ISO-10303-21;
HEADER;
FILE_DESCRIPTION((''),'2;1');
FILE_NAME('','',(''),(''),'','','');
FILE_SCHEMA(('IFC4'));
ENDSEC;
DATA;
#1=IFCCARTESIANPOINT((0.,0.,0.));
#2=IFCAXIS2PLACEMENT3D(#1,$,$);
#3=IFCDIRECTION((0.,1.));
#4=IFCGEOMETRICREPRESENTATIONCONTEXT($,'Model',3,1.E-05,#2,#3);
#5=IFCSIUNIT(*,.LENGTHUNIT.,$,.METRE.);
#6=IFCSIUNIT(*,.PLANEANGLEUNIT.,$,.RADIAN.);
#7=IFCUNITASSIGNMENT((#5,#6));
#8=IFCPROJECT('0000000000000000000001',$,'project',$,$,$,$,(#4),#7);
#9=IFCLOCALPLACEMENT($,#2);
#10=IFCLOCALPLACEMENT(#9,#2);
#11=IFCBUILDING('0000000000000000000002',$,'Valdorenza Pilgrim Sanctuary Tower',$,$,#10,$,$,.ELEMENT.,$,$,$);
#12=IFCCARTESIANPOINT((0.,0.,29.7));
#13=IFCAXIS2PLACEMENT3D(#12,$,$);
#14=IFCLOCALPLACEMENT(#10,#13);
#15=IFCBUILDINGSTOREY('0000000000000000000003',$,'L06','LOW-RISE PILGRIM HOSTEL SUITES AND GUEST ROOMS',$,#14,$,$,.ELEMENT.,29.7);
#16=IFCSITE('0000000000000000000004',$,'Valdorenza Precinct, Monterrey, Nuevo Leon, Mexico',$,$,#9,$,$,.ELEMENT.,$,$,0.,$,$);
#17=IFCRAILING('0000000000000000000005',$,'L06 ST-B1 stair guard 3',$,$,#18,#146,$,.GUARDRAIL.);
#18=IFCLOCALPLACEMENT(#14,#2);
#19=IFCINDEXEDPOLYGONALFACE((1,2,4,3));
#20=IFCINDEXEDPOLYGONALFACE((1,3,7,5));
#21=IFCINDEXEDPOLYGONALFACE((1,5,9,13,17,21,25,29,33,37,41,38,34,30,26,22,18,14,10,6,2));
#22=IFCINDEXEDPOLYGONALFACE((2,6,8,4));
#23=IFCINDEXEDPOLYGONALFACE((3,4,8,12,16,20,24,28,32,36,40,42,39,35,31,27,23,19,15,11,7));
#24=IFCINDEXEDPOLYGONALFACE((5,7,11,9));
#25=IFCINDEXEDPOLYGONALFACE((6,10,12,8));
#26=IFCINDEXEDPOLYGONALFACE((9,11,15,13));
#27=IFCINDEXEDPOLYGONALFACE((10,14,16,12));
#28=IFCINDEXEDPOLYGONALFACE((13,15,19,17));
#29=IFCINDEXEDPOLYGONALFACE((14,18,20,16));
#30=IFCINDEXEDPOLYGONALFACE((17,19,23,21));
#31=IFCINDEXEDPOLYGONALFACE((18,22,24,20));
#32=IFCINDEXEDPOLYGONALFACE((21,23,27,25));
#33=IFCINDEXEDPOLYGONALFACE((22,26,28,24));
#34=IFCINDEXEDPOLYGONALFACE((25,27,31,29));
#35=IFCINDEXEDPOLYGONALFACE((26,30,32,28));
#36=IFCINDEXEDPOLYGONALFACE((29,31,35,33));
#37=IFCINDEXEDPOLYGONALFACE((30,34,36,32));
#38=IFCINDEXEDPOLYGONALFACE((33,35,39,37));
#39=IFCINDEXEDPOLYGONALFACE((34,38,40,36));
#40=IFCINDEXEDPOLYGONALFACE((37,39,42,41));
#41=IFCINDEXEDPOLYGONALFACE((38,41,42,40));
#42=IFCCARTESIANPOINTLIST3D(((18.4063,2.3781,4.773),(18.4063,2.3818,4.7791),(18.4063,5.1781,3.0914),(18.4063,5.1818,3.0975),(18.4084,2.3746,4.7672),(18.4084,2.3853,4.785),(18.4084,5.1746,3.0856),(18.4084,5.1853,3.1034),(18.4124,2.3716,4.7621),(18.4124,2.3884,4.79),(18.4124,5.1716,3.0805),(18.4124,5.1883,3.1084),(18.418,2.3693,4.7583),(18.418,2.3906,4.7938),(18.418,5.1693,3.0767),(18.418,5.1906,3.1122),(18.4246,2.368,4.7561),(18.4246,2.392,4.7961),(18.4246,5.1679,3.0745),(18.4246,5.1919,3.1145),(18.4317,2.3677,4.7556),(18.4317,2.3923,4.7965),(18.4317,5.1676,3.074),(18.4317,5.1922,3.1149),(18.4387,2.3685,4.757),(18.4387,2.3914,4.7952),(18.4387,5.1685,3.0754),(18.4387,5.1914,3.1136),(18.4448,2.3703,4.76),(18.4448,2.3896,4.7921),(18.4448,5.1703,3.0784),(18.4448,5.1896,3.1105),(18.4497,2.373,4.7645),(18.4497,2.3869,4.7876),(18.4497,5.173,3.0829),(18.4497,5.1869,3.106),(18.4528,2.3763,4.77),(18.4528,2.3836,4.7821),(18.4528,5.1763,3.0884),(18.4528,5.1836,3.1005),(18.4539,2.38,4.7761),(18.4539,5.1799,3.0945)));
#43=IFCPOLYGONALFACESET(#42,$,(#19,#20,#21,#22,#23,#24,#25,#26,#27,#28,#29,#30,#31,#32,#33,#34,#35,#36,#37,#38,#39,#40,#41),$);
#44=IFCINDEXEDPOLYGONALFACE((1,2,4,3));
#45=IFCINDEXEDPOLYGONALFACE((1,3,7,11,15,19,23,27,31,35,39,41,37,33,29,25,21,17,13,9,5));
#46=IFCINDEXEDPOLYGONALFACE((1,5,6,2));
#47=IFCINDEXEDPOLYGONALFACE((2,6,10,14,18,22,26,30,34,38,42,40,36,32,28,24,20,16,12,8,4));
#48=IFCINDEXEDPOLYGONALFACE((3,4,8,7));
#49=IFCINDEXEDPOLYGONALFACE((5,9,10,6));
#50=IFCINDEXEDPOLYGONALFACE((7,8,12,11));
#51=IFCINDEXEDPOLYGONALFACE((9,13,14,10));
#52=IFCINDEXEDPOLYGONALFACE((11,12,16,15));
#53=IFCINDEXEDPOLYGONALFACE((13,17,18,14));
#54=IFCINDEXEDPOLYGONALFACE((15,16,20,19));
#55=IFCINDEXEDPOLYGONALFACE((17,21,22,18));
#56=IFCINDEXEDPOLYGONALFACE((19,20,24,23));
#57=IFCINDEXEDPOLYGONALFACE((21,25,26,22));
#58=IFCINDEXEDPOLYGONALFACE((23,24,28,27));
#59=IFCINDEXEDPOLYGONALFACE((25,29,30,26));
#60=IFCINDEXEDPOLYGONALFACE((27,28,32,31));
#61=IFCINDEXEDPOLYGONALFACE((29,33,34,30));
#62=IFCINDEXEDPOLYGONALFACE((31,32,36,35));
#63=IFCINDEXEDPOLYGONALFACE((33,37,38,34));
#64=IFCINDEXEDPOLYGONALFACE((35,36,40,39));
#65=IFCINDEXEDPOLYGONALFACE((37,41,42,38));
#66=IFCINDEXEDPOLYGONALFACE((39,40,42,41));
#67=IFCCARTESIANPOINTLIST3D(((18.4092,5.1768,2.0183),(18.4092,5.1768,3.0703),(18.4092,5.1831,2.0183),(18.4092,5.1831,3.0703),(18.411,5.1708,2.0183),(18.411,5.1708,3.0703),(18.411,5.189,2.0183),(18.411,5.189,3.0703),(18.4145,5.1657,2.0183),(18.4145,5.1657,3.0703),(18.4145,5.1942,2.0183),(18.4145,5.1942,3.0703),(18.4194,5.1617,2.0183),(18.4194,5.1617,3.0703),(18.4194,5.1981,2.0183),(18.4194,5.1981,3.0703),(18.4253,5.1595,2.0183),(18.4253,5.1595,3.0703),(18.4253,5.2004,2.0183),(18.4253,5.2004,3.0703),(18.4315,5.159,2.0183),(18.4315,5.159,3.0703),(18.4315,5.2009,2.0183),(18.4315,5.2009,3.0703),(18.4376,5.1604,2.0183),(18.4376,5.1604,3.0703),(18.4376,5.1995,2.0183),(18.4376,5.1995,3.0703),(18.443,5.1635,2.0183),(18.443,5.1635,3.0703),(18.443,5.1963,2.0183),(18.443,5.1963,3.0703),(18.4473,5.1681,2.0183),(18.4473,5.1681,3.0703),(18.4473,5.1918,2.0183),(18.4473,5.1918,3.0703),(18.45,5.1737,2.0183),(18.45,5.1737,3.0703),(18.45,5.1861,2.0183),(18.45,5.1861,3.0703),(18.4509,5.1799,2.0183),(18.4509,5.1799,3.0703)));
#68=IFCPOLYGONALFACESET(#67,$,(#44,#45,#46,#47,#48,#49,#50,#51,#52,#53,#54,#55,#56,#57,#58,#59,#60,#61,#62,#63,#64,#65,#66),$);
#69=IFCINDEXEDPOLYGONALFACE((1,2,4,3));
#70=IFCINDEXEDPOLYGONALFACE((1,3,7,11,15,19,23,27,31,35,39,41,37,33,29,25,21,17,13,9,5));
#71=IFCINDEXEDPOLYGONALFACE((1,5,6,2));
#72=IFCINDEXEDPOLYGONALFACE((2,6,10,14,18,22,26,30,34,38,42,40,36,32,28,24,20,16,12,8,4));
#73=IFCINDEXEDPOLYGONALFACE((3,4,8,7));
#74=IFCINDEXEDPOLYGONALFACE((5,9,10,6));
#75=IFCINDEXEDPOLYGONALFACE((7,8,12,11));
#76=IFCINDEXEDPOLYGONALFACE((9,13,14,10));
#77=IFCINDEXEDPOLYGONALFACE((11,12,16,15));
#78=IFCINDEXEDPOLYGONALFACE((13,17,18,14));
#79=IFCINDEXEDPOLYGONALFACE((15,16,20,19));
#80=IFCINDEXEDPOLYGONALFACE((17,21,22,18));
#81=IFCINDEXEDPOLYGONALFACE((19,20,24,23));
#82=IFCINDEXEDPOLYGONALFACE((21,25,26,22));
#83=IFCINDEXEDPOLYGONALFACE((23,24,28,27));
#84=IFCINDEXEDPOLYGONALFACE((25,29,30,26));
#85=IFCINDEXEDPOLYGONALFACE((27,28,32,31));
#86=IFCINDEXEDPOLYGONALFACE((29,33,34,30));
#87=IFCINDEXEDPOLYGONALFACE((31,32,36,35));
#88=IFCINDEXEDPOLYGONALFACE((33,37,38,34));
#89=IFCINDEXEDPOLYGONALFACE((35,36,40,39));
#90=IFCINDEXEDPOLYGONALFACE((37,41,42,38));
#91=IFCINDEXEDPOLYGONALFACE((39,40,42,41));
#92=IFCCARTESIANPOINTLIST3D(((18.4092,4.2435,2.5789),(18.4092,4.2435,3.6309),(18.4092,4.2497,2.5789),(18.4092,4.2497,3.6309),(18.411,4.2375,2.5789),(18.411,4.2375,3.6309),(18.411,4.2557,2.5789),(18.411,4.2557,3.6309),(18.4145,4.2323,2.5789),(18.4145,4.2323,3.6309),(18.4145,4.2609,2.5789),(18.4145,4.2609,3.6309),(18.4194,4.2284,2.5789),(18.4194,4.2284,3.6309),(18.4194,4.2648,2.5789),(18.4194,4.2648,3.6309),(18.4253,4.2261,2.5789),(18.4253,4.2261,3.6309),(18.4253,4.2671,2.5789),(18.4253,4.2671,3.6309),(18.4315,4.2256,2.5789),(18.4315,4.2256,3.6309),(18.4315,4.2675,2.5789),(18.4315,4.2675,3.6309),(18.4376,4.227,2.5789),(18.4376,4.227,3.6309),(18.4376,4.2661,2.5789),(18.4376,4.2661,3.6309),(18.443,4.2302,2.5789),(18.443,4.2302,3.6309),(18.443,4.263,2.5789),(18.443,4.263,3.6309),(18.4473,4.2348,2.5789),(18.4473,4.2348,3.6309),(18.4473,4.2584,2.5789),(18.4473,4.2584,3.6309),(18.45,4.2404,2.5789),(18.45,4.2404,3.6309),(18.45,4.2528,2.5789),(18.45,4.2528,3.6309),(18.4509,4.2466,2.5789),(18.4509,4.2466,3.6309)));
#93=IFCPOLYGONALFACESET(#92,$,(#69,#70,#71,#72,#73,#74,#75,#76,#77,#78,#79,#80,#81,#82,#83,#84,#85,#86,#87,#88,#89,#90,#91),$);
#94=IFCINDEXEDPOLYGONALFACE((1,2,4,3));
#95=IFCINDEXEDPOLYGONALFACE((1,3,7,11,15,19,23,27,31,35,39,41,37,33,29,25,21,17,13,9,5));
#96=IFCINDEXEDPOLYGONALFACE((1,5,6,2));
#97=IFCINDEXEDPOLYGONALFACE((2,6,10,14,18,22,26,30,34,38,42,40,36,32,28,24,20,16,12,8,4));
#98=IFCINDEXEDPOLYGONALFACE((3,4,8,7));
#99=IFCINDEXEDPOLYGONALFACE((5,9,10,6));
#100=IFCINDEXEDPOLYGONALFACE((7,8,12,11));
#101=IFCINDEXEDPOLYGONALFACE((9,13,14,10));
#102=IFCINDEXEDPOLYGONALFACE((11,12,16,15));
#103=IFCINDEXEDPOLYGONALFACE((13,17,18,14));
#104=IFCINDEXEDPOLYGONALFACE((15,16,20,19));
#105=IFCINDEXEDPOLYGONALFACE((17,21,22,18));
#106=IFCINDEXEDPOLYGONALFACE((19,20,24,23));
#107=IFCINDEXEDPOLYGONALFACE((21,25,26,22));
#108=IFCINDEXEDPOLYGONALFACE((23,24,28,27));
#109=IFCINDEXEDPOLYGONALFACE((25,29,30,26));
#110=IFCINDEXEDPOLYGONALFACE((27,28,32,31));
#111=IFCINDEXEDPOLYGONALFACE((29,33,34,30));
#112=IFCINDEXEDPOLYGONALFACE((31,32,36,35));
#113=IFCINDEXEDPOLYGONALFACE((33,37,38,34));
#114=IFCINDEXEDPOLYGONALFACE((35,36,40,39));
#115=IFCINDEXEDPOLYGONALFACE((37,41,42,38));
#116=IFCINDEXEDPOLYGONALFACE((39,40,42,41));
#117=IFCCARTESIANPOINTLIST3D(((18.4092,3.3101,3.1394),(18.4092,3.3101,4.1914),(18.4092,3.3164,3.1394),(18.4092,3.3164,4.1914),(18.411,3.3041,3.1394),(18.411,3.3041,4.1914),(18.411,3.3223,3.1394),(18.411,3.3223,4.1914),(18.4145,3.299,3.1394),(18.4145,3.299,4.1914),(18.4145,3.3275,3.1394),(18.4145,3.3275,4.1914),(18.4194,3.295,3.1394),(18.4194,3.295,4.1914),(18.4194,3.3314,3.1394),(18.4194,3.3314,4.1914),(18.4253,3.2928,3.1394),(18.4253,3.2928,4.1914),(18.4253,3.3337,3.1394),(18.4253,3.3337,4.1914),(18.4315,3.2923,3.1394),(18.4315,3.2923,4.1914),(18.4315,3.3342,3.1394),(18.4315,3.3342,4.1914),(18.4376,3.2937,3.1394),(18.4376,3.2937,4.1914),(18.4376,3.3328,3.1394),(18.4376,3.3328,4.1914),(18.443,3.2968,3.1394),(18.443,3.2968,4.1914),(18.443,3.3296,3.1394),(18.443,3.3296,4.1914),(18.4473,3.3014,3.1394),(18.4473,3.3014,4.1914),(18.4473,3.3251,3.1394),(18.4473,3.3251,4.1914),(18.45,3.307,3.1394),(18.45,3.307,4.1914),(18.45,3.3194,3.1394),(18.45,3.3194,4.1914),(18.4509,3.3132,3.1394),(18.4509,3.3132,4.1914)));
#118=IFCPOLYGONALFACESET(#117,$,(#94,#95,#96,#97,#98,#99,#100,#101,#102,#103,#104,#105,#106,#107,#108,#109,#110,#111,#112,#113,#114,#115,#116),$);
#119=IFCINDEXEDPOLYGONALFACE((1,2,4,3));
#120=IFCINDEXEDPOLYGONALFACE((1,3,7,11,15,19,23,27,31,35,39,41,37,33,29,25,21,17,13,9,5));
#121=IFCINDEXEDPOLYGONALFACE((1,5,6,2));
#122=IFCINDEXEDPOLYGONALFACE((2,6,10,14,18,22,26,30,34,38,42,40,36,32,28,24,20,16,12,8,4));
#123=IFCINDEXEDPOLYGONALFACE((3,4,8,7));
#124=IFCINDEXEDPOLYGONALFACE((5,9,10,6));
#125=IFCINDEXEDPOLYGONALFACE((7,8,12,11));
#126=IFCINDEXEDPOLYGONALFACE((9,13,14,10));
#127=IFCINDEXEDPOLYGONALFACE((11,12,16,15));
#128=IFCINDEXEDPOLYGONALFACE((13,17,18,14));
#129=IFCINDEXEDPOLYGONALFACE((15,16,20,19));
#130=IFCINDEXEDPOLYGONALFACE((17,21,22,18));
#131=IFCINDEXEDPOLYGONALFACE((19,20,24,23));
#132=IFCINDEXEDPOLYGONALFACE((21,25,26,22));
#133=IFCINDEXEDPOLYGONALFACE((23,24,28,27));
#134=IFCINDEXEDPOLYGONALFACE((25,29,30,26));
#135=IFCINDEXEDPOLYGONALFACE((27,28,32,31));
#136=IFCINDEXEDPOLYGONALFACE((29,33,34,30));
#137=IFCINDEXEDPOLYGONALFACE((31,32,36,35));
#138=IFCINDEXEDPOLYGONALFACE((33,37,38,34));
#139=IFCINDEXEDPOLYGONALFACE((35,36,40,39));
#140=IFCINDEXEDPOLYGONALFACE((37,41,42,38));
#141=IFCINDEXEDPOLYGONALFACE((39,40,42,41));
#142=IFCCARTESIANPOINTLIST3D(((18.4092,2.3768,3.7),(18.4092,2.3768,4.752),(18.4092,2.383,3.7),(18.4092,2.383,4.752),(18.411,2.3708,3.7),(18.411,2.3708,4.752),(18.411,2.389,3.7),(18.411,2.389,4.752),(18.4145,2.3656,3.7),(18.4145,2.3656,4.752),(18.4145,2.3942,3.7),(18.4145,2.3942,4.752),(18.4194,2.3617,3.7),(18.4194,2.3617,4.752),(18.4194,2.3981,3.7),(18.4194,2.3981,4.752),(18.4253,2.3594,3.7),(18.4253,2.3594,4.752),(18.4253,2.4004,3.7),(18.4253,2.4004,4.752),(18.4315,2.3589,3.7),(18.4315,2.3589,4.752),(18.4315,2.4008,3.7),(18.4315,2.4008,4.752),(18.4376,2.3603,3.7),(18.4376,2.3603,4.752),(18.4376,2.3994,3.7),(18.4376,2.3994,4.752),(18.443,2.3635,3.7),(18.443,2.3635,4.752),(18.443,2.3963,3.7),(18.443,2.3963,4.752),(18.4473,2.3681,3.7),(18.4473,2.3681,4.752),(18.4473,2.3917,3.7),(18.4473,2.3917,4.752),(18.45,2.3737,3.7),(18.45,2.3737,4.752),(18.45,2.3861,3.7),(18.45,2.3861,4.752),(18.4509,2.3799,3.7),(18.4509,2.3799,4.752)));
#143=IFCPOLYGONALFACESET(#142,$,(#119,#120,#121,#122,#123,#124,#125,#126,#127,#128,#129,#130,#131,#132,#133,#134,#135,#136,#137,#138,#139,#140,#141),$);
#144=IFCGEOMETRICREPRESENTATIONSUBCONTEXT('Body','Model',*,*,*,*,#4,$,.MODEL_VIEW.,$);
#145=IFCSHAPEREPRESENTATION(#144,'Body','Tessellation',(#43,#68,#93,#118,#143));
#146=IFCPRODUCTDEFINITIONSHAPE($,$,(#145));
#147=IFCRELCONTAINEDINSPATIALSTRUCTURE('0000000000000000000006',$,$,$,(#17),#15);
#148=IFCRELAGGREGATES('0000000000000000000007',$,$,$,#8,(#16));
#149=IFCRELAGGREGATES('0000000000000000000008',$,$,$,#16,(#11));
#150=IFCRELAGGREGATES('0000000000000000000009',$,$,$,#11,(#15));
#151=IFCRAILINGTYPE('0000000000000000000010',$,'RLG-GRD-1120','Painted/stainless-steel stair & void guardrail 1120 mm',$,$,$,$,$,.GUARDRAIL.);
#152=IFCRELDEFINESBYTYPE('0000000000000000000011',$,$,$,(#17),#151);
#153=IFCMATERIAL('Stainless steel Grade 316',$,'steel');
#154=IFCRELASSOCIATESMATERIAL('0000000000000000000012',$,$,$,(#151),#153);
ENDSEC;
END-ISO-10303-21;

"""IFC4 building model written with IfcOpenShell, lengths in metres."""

from ifc_helpers import new_model, si_unit, direction, frame, origin, origin_2d, place, context, subcontext, project, spatial, circle, extrude, material, type_object, element, save


model = new_model("IFC4")

# Units and contexts
model_context = context("Model", 3, precision=1e-05, world=origin(), true_north=direction((0.0, 1.0)))
body_context = subcontext(model_context, "Body", "Model", "MODEL_VIEW")
ifc_project = project(units=[si_unit("LENGTHUNIT", "METRE"), si_unit("PLANEANGLEUNIT", "RADIAN")], contexts=[model_context])

# Site, building, storey
site_placement = place(None, origin())
site = spatial("IfcSite", under=ifc_project, at=site_placement, Name="Valdorenza Precinct, Monterrey, Nuevo Leon, Mexico", CompositionType="ELEMENT", RefElevation=0.0)
building_placement = place(site_placement, origin())
building = spatial("IfcBuilding", under=site, at=building_placement, Name="Valdorenza Pilgrim Sanctuary Tower", CompositionType="ELEMENT")
storey_placement = place(building_placement, frame((0.0, 0.0, 29.7)))
storey = spatial("IfcBuildingStorey", under=building, at=storey_placement, Name="L06", Description="LOW-RISE PILGRIM HOSTEL SUITES AND GUEST ROOMS", CompositionType="ELEMENT", Elevation=29.7)

# Railing
ifc_material_1 = material(Name="Stainless steel Grade 316", Category="steel")
railing_type_1 = type_object("IfcRailingType", Name="RLG-GRD-1120", Description="Painted/stainless-steel stair & void guardrail 1120 mm", PredefinedType="GUARDRAIL", material=ifc_material_1)
railing_1_placement = place(storey_placement, frame((18.4299, 5.1799, 2.0183)))
element("IfcRailing", 1, at=railing_1_placement, inside=storey, type_object=railing_type_1, Name="L06 ST-B1 stair guard 3", PredefinedType="GUARDRAIL", context=body_context, shape_type="SweptSolid", body=[
    extrude(circle(Radius=0.0239, at=origin_2d()), frame((0.0, 0.0, 1.0762), z_axis=(0.0, -0.857275, 0.514858), x_axis=(1.0, 0.0, 0.0)), (0.0, 0.0, 1.0), 3.2661),
    extrude(circle(Radius=0.021, at=origin_2d()), origin(), (0.0, 0.0, 1.0), 1.052),
    extrude(circle(Radius=0.021, at=origin_2d()), frame((0.0, -0.9333, 0.5605)), (0.0, 0.0, 1.0), 1.052),
    extrude(circle(Radius=0.021, at=origin_2d()), frame((0.0, -1.8667, 1.1211)), (0.0, 0.0, 1.0), 1.052),
    extrude(circle(Radius=0.021, at=origin_2d()), frame((0.0, -2.8, 1.6816)), (0.0, 0.0, 1.0), 1.052),
])

save(model, "model.ifc")
